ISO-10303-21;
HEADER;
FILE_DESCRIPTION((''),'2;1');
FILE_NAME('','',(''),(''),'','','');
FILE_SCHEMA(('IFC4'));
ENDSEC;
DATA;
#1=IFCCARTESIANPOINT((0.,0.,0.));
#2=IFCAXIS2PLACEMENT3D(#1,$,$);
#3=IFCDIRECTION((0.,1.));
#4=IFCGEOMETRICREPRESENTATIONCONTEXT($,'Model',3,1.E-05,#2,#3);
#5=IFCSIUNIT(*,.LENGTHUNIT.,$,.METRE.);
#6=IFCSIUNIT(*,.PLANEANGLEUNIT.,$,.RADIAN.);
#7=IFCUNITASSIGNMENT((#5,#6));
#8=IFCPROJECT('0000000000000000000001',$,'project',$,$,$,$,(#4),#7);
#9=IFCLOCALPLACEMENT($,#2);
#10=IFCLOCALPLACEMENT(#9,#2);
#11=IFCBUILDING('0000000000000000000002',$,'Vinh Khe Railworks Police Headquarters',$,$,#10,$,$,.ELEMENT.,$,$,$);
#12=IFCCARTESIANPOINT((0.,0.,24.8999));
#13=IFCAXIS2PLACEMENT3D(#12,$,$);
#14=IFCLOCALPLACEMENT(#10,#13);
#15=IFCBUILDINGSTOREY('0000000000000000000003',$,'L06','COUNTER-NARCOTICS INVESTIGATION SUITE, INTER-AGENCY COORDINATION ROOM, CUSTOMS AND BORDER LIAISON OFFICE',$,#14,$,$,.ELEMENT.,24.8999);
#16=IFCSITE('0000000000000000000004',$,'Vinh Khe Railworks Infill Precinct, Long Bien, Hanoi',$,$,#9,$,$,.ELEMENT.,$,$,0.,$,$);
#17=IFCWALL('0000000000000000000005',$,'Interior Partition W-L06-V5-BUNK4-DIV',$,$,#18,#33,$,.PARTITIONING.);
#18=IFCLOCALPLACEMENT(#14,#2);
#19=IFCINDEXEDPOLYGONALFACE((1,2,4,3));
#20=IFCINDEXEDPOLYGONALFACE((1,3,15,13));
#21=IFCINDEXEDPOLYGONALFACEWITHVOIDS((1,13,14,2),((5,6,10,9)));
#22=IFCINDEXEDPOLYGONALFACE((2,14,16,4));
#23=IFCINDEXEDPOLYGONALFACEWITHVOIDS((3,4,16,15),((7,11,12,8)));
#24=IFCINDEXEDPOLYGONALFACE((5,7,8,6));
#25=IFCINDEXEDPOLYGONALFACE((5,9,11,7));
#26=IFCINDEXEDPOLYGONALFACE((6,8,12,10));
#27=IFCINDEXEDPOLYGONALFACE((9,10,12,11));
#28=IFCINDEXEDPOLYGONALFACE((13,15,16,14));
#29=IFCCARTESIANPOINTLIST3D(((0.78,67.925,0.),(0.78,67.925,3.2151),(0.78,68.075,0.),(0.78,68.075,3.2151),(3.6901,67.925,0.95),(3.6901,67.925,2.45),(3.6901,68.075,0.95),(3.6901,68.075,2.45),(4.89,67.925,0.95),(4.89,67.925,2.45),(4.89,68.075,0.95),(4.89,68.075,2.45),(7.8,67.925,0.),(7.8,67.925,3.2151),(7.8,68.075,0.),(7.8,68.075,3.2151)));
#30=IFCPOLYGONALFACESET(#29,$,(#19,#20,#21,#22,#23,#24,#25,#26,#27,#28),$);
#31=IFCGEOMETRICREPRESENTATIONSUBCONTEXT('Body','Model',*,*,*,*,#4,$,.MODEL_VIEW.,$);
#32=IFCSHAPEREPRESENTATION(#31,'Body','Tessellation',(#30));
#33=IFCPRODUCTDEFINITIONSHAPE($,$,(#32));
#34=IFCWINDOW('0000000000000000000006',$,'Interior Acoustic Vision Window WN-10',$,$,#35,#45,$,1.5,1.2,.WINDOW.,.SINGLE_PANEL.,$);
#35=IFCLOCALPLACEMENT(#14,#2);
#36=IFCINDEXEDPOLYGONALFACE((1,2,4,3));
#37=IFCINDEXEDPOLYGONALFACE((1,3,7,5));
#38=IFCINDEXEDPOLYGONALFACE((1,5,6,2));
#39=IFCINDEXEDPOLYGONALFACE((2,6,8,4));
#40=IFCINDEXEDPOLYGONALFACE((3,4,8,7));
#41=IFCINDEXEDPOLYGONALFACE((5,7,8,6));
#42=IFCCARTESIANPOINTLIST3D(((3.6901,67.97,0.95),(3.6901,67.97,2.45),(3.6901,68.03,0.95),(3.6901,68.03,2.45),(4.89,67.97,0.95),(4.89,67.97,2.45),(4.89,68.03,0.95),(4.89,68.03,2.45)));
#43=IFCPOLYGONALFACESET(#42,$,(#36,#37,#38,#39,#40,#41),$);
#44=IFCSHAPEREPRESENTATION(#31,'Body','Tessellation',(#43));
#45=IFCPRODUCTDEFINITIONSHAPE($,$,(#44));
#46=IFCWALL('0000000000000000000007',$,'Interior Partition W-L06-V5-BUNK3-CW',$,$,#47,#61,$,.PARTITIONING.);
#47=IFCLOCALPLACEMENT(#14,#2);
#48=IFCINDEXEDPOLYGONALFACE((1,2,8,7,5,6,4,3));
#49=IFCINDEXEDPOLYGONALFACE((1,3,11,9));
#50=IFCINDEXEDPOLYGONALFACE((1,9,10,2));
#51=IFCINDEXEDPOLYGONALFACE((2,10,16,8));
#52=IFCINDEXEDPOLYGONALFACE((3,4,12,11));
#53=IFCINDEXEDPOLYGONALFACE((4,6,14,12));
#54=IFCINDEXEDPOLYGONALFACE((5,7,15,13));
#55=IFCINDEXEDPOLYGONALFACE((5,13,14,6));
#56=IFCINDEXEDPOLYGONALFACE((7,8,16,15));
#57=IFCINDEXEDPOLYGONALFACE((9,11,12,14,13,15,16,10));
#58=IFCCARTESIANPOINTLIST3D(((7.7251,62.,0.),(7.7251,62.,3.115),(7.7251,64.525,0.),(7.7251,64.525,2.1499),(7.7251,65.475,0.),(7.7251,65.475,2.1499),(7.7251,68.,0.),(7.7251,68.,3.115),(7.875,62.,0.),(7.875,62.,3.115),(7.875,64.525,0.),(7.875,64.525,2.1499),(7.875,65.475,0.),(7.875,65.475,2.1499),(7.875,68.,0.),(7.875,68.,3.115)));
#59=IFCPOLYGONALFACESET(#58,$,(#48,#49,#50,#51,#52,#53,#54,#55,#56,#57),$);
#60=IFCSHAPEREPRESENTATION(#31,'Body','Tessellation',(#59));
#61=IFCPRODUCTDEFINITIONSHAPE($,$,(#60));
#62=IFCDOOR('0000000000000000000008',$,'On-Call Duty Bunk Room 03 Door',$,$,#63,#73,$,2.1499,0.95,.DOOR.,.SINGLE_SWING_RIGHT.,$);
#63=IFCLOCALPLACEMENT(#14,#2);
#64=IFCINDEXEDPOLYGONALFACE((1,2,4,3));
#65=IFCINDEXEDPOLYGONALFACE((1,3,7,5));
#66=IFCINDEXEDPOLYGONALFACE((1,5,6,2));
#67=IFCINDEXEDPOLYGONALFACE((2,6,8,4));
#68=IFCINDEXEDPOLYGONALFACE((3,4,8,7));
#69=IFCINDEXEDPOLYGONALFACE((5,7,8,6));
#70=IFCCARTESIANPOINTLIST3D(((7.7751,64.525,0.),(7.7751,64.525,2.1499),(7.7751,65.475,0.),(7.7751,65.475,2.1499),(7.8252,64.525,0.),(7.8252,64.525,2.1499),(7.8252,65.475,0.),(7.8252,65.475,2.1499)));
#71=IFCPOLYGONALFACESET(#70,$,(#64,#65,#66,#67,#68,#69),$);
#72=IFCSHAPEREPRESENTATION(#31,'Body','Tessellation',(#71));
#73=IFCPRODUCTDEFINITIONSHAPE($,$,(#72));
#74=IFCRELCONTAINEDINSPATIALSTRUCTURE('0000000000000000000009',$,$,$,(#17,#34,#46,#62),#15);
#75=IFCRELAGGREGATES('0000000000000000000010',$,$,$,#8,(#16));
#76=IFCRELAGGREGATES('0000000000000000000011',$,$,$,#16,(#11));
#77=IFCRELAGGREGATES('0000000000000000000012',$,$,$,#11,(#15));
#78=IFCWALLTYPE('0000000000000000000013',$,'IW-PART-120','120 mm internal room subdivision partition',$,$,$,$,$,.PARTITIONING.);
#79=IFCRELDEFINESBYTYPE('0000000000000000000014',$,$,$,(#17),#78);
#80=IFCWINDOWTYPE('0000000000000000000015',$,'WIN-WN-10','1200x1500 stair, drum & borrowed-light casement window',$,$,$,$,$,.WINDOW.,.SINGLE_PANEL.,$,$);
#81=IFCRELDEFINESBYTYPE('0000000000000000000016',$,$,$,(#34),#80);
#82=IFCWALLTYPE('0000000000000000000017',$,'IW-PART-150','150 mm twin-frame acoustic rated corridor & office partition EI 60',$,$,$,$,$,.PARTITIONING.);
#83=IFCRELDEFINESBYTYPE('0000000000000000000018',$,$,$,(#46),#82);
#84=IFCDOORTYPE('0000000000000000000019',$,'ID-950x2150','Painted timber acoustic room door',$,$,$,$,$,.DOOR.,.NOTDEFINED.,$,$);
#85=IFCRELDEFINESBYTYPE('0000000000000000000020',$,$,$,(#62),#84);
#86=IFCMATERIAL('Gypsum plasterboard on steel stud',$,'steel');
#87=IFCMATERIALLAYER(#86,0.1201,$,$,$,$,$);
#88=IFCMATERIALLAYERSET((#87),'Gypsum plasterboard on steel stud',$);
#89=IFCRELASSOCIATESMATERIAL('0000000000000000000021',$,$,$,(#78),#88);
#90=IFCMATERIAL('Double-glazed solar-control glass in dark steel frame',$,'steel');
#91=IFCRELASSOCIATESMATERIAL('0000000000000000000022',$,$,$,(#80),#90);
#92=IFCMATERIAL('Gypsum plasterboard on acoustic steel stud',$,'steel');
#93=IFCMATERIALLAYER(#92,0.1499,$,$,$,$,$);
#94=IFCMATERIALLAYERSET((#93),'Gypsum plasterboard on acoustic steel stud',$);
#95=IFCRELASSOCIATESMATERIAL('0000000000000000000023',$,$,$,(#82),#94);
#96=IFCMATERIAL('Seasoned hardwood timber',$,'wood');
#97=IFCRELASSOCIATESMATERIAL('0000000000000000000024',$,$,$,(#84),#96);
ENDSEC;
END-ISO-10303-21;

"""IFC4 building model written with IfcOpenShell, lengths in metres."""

from ifc_helpers import new_model, si_unit, direction, frame, frame_2d, origin, place, context, subcontext, project, spatial, rectangle, extrude, material, layer, layer_set, type_object, element, fill, save


model = new_model("IFC4")

# Units and contexts
model_context = context("Model", 3, precision=1e-05, world=origin(), true_north=direction((0.0, 1.0)))
body_context = subcontext(model_context, "Body", "Model", "MODEL_VIEW")
ifc_project = project(units=[si_unit("LENGTHUNIT", "METRE"), si_unit("PLANEANGLEUNIT", "RADIAN")], contexts=[model_context])

# Site, building, storey
site_placement = place(None, origin())
site = spatial("IfcSite", under=ifc_project, at=site_placement, Name="Vinh Khe Railworks Infill Precinct, Long Bien, Hanoi", CompositionType="ELEMENT", RefElevation=0.0)
building_placement = place(site_placement, origin())
building = spatial("IfcBuilding", under=site, at=building_placement, Name="Vinh Khe Railworks Police Headquarters", CompositionType="ELEMENT")
storey_placement = place(building_placement, frame((0.0, 0.0, 24.8999)))
storey = spatial("IfcBuildingStorey", under=building, at=storey_placement, Name="L06", Description="COUNTER-NARCOTICS INVESTIGATION SUITE, INTER-AGENCY COORDINATION ROOM, CUSTOMS AND BORDER LIAISON OFFICE", CompositionType="ELEMENT", Elevation=24.8999)

# Wall, opening, window
ifc_material_1 = material(Name="Double-glazed solar-control glass in dark steel frame", Category="steel")
ifc_material_2 = material(Name="Gypsum plasterboard on steel stud", Category="steel")
ifc_layer_1 = layer(ifc_material_2, 0.1201)
ifc_layer_set_1 = layer_set([ifc_layer_1], Name="Gypsum plasterboard on steel stud")
wall_type_1 = type_object("IfcWallType", Name="IW-PART-120", Description="120 mm internal room subdivision partition", PredefinedType="PARTITIONING", material=ifc_layer_set_1)
window_type_1 = type_object("IfcWindowType", Name="WIN-WN-10", Description="1200x1500 stair, drum & borrowed-light casement window", PartitioningType="SINGLE_PANEL", PredefinedType="WINDOW", material=ifc_material_1)
wall_1_placement = place(storey_placement, frame((0.78, 68.0, 0.0), z_axis=(0.0, 0.0, 1.0), x_axis=(1.0, 0.0, 0.0)))
wall_1 = element("IfcWall", 1, at=wall_1_placement, inside=storey, type_object=wall_type_1, Name="Interior Partition W-L06-V5-BUNK4-DIV", PredefinedType="PARTITIONING", context=body_context, shape_type="SweptSolid", body=[
    extrude(rectangle(XDim=7.02, YDim=0.1499, at=frame_2d((3.51, 0.0))), origin(), (0.0, 0.0, 1.0), 3.2151),
])
opening_1_placement = place(wall_1_placement, frame((2.9099, 0.0, 0.95)))
opening_1 = element("IfcOpeningElement", 2, at=opening_1_placement, cuts=wall_1, PredefinedType="OPENING", context=body_context, shape_type="SweptSolid", body=[
    extrude(rectangle(XDim=1.2, YDim=1.5, at=frame_2d((0.6001, 0.75))), frame((0.0, 0.0898, 0.0), z_axis=(0.0, -1.0, 0.0), x_axis=(1.0, 0.0, 0.0)), (0.0, 0.0, 1.0), 0.1797),
])
window_1_placement = place(opening_1_placement, origin())
window_1 = element("IfcWindow", 3, at=window_1_placement, inside=storey, type_object=window_type_1, Name="Interior Acoustic Vision Window WN-10", OverallHeight=1.5, OverallWidth=1.2, PartitioningType="SINGLE_PANEL", PredefinedType="WINDOW", context=body_context, shape_type="SweptSolid", body=[
    extrude(rectangle(XDim=1.2, YDim=1.5, at=frame_2d((0.6001, 0.75))), frame((0.0, 0.03, 0.0), z_axis=(0.0, -1.0, 0.0), x_axis=(1.0, 0.0, 0.0)), (0.0, 0.0, 1.0), 0.0601),
])
fill(opening_1, window_1)

# Wall, opening, door
ifc_material_3 = material(Name="Gypsum plasterboard on acoustic steel stud", Category="steel")
ifc_layer_2 = layer(ifc_material_3, 0.1499)
ifc_layer_set_2 = layer_set([ifc_layer_2], Name="Gypsum plasterboard on acoustic steel stud")
wall_type_2 = type_object("IfcWallType", Name="IW-PART-150", Description="150 mm twin-frame acoustic rated corridor & office partition EI 60", PredefinedType="PARTITIONING", material=ifc_layer_set_2)
wall_2_placement = place(storey_placement, frame((7.8, 62.0, 0.0), z_axis=(0.0, 0.0, 1.0), x_axis=(0.0, 1.0, 0.0)))
wall_2 = element("IfcWall", 4, at=wall_2_placement, inside=storey, type_object=wall_type_2, Name="Interior Partition W-L06-V5-BUNK3-CW", PredefinedType="PARTITIONING", context=body_context, shape_type="SweptSolid", body=[
    extrude(rectangle(XDim=6.0, YDim=0.1499, at=frame_2d((3.0, 0.0))), origin(), (0.0, 0.0, 1.0), 3.115),
])
opening_2_placement = place(wall_2_placement, frame((2.5249, 0.0, 0.0)))
opening_2 = element("IfcOpeningElement", 5, at=opening_2_placement, cuts=wall_2, PredefinedType="OPENING", context=body_context, shape_type="SweptSolid", body=[
    extrude(rectangle(XDim=0.95, YDim=2.1499, at=frame_2d((0.4751, 1.075))), frame((0.0, 0.0898, 0.0), z_axis=(0.0, -1.0, 0.0), x_axis=(1.0, 0.0, 0.0)), (0.0, 0.0, 1.0), 0.1797),
])
ifc_material_4 = material(Name="Seasoned hardwood timber", Category="wood")
door_type = type_object("IfcDoorType", Name="ID-950x2150", Description="Painted timber acoustic room door", OperationType="NOTDEFINED", PredefinedType="DOOR", material=ifc_material_4)
door_placement = place(opening_2_placement, origin())
door = element("IfcDoor", 6, at=door_placement, inside=storey, type_object=door_type, Name="On-Call Duty Bunk Room 03 Door", OperationType="SINGLE_SWING_RIGHT", OverallHeight=2.1499, OverallWidth=0.95, PredefinedType="DOOR", context=body_context, shape_type="SweptSolid", body=[
    extrude(rectangle(XDim=0.95, YDim=2.1499, at=frame_2d((0.4751, 1.075))), frame((0.0, 0.0249, 0.0), z_axis=(0.0, -1.0, 0.0), x_axis=(1.0, 0.0, 0.0)), (0.0, 0.0, 1.0), 0.05),
])
fill(opening_2, door)

save(model, "model.ifc")
